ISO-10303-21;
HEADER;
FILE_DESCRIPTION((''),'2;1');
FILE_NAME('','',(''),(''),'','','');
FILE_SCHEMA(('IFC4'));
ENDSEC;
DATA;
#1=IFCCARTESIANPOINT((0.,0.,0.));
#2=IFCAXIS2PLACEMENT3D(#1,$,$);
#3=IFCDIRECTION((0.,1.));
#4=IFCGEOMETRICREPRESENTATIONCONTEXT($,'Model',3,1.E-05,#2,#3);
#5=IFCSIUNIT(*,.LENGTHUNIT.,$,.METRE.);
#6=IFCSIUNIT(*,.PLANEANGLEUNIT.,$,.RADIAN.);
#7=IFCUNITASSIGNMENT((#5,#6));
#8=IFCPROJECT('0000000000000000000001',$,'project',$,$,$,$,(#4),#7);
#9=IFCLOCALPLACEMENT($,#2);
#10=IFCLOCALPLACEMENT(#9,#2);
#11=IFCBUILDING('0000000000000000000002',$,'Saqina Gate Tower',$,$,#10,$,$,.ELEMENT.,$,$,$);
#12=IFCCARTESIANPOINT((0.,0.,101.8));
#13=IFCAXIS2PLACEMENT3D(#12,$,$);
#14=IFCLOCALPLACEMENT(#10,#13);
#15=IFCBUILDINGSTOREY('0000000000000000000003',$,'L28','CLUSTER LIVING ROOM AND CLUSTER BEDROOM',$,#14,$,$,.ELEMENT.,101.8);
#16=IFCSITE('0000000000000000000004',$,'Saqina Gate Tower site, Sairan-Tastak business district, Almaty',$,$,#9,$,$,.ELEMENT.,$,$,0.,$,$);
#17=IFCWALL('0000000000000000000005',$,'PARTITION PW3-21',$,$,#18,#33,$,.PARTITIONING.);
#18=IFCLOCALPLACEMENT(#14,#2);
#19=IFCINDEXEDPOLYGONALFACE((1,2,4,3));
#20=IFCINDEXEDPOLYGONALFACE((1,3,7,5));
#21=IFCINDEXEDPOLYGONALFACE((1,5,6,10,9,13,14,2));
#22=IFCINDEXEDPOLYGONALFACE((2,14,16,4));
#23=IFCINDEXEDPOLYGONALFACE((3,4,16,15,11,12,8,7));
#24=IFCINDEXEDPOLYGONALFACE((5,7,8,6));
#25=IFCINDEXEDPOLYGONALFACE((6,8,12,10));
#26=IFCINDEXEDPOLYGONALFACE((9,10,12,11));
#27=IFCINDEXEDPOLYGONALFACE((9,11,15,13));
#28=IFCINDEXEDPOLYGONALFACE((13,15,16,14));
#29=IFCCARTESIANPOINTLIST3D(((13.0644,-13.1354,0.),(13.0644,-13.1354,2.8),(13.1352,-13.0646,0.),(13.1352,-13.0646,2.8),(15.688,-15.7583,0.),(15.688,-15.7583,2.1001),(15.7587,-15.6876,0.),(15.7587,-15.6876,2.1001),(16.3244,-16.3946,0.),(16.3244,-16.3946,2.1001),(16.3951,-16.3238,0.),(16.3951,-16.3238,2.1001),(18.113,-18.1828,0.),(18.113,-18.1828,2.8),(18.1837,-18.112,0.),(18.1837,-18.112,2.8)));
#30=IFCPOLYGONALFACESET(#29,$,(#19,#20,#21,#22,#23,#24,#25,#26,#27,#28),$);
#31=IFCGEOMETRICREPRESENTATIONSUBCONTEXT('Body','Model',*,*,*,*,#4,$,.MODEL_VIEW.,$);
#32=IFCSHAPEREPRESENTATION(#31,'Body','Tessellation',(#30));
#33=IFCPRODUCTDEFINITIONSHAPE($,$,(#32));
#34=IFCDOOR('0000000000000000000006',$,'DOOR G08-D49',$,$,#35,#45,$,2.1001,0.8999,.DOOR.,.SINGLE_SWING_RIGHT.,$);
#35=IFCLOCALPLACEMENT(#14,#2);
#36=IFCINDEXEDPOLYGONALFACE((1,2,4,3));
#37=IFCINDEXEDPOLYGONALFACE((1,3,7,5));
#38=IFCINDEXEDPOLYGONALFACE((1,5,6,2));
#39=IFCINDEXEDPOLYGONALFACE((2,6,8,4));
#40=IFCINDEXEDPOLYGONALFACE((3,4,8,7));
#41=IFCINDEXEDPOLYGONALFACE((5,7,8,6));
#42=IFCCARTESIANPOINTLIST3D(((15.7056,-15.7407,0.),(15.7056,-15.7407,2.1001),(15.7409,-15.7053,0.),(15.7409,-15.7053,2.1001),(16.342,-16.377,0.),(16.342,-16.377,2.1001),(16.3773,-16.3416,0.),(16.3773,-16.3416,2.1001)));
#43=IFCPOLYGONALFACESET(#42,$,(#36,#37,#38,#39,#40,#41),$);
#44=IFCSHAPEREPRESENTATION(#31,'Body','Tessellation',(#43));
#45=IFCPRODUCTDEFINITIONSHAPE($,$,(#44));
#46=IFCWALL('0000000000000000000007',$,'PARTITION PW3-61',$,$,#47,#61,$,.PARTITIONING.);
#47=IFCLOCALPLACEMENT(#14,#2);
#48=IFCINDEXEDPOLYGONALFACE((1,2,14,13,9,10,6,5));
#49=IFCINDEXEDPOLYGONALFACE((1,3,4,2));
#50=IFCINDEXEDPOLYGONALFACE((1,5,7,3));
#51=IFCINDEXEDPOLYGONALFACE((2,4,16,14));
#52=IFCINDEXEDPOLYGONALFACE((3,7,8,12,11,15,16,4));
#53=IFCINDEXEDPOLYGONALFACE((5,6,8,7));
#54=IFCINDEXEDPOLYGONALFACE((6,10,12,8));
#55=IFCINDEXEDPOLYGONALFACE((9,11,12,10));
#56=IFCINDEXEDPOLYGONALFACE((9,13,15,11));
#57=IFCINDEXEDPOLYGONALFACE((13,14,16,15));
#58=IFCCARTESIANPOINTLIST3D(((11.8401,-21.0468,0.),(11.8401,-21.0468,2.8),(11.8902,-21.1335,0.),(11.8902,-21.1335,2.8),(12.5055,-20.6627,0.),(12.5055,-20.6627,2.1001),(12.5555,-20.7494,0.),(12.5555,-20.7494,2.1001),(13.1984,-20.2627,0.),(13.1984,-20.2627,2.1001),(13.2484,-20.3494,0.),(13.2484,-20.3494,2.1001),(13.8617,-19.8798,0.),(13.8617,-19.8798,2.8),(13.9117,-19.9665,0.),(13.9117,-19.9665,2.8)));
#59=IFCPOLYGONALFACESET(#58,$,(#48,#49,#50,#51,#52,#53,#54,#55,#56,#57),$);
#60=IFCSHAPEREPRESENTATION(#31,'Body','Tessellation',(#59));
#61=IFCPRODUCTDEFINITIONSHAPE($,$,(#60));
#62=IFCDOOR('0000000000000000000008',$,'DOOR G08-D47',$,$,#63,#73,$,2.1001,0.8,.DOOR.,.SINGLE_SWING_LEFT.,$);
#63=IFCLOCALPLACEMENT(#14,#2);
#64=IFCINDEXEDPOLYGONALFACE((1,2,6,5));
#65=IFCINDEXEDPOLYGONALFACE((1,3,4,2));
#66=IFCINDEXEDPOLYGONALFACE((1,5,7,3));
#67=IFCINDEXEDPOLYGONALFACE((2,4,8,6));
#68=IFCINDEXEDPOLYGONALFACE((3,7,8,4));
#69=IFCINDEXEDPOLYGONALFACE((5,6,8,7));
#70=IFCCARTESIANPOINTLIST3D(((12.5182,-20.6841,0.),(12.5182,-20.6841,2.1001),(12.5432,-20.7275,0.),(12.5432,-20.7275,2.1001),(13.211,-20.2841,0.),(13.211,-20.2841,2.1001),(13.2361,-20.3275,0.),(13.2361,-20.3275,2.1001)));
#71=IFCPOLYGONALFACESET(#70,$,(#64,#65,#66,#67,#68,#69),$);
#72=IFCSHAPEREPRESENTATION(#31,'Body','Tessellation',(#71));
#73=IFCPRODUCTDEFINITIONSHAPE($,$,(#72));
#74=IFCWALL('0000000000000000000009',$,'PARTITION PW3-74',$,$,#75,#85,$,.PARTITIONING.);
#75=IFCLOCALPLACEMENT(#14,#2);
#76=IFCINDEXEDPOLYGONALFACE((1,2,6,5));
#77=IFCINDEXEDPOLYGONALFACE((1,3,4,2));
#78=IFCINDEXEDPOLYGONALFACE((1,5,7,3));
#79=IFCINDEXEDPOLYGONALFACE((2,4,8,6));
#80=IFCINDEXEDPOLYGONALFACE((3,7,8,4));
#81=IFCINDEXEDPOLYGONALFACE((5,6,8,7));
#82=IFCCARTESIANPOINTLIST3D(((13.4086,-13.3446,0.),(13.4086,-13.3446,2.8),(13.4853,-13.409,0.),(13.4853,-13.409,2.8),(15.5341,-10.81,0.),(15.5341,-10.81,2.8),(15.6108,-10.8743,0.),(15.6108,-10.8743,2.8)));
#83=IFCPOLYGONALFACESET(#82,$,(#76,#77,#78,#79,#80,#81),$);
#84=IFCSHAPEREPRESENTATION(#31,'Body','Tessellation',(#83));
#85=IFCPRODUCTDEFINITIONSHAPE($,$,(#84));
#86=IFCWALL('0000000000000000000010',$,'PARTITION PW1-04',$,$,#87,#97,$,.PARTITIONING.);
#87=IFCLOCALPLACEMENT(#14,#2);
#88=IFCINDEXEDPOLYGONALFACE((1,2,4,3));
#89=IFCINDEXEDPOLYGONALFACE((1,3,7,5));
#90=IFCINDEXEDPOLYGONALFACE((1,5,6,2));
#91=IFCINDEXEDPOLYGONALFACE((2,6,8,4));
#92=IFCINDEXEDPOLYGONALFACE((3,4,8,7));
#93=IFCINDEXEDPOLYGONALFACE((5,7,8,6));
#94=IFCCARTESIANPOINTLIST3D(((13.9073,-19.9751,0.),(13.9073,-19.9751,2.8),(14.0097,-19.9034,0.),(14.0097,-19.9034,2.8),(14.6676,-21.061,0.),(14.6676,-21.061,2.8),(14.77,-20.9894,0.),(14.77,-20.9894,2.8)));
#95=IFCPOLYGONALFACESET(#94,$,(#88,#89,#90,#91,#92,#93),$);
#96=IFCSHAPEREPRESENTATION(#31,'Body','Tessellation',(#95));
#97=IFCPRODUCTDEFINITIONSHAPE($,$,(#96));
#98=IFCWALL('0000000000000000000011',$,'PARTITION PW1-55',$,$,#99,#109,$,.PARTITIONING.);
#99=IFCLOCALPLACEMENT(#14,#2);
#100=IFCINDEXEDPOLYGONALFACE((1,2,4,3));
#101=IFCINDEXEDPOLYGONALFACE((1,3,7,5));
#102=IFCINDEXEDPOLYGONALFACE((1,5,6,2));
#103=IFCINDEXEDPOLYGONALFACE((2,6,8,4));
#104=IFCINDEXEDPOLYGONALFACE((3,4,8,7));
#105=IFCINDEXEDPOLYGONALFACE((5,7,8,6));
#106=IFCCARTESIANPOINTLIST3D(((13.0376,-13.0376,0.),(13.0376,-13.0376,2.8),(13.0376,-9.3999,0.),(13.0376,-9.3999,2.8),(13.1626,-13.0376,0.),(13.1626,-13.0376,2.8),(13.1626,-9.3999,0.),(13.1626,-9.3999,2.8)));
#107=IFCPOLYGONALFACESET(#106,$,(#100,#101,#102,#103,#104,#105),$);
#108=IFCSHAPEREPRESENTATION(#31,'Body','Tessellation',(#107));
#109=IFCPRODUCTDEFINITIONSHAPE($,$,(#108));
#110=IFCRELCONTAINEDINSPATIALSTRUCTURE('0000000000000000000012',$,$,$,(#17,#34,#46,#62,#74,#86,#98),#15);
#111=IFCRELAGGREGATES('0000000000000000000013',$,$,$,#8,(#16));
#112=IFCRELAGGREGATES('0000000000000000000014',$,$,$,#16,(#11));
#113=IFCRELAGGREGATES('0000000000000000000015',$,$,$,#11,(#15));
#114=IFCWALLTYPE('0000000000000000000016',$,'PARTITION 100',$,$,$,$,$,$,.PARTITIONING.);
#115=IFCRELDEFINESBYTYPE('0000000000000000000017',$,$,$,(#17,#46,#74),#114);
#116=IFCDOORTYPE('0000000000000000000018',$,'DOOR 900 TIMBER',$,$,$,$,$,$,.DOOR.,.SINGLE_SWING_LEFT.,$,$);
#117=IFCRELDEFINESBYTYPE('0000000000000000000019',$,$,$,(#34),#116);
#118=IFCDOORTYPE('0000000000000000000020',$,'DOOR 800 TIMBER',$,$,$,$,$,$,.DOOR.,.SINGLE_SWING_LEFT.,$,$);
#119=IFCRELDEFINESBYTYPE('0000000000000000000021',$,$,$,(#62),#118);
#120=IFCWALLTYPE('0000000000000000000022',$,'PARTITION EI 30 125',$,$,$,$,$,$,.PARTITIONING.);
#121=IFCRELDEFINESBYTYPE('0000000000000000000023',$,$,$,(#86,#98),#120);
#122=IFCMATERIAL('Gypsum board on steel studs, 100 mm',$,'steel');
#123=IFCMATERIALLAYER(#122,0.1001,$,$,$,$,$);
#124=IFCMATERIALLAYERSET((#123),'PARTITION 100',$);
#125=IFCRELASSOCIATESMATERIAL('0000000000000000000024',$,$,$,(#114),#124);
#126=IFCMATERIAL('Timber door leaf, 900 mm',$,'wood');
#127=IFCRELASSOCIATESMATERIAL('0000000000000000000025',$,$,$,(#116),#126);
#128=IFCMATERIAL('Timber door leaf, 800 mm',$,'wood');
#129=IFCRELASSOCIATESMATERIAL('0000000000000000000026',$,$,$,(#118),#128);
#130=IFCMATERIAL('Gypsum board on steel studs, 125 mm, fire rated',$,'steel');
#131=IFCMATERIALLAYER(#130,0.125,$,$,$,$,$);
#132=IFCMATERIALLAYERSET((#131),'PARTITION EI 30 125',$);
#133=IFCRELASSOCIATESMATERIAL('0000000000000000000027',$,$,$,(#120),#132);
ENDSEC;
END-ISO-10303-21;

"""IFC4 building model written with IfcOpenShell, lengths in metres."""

from ifc_helpers import new_model, si_unit, direction, frame, frame_2d, origin, place, context, subcontext, project, spatial, rectangle, extrude, material, layer, layer_set, type_object, element, fill, save


model = new_model("IFC4")

# Units and contexts
model_context = context("Model", 3, precision=1e-05, world=origin(), true_north=direction((0.0, 1.0)))
body_context = subcontext(model_context, "Body", "Model", "MODEL_VIEW")
ifc_project = project(units=[si_unit("LENGTHUNIT", "METRE"), si_unit("PLANEANGLEUNIT", "RADIAN")], contexts=[model_context])

# Site, building, storey
site_placement = place(None, origin())
site = spatial("IfcSite", under=ifc_project, at=site_placement, Name="Saqina Gate Tower site, Sairan-Tastak business district, Almaty", CompositionType="ELEMENT", RefElevation=0.0)
building_placement = place(site_placement, origin())
building = spatial("IfcBuilding", under=site, at=building_placement, Name="Saqina Gate Tower", CompositionType="ELEMENT")
storey_placement = place(building_placement, frame((0.0, 0.0, 101.8)))
storey = spatial("IfcBuildingStorey", under=building, at=storey_placement, Name="L28", Description="CLUSTER LIVING ROOM AND CLUSTER BEDROOM", CompositionType="ELEMENT", Elevation=101.8)

# Shared definitions
ifc_material_1 = material(Name="Gypsum board on steel studs, 100 mm", Category="steel")
ifc_layer_1 = layer(ifc_material_1, 0.1001)
ifc_layer_set_1 = layer_set([ifc_layer_1], Name="PARTITION 100")
wall_type_1 = type_object("IfcWallType", Name="PARTITION 100", PredefinedType="PARTITIONING", material=ifc_layer_set_1)

# Walls, openings, doors
wall_1_placement = place(storey_placement, frame((13.0999, -13.1001, 0.0), z_axis=(0.0, 0.0, 1.0), x_axis=(0.707192, -0.707021, 0.0)))
wall_1 = element("IfcWall", 1, at=wall_1_placement, inside=storey, type_object=wall_type_1, Name="PARTITION PW3-21", PredefinedType="PARTITIONING", context=body_context, shape_type="SweptSolid", body=[
    extrude(rectangle(XDim=7.1389, YDim=0.1001, at=frame_2d((3.5693, 0.0))), origin(), (0.0, 0.0, 1.0), 2.8),
])
opening_1_placement = place(wall_1_placement, frame((3.7097, 0.0, 0.0)))
opening_1 = element("IfcOpeningElement", 2, at=opening_1_placement, cuts=wall_1, PredefinedType="OPENING", context=body_context, shape_type="SweptSolid", body=[
    extrude(rectangle(XDim=0.8999, YDim=2.1001, at=frame_2d((0.45, 1.05))), frame((0.0, 0.062, 0.0), z_axis=(0.0, -1.0, 0.0), x_axis=(1.0, 0.0, 0.0)), (0.0, 0.0, 1.0), 0.124),
])
ifc_material_2 = material(Name="Timber door leaf, 900 mm", Category="wood")
door_type_1 = type_object("IfcDoorType", Name="DOOR 900 TIMBER", OperationType="SINGLE_SWING_LEFT", PredefinedType="DOOR", material=ifc_material_2)
door_1_placement = place(opening_1_placement, origin())
door_1 = element("IfcDoor", 3, at=door_1_placement, inside=storey, type_object=door_type_1, Name="DOOR G08-D49", OperationType="SINGLE_SWING_RIGHT", OverallHeight=2.1001, OverallWidth=0.8999, PredefinedType="DOOR", context=body_context, shape_type="SweptSolid", body=[
    extrude(rectangle(XDim=0.8999, YDim=2.1001, at=frame_2d((0.45, 1.05))), frame((0.0, 0.0249, 0.0), z_axis=(0.0, -1.0, 0.0), x_axis=(1.0, 0.0, 0.0)), (0.0, 0.0, 1.0), 0.05),
])
fill(opening_1, door_1)
wall_2_placement = place(storey_placement, frame((11.8652, -21.0901, 0.0), z_axis=(0.0, 0.0, 1.0), x_axis=(0.866046, 0.499964, 0.0)))
wall_2 = element("IfcWall", 4, at=wall_2_placement, inside=storey, type_object=wall_type_1, Name="PARTITION PW3-61", PredefinedType="PARTITIONING", context=body_context, shape_type="SweptSolid", body=[
    extrude(rectangle(XDim=2.3342, YDim=0.1001, at=frame_2d((1.167, 0.0))), origin(), (0.0, 0.0, 1.0), 2.8),
])
opening_2_placement = place(wall_2_placement, frame((0.7683, 0.0, 0.0)))
opening_2 = element("IfcOpeningElement", 5, at=opening_2_placement, cuts=wall_2, PredefinedType="OPENING", context=body_context, shape_type="SweptSolid", body=[
    extrude(rectangle(XDim=0.8, YDim=2.1001, at=frame_2d((0.3999, 1.05))), frame((0.0, 0.062, 0.0), z_axis=(0.0, -1.0, 0.0), x_axis=(1.0, 0.0, 0.0)), (0.0, 0.0, 1.0), 0.124),
])
ifc_material_3 = material(Name="Timber door leaf, 800 mm", Category="wood")
door_type_2 = type_object("IfcDoorType", Name="DOOR 800 TIMBER", OperationType="SINGLE_SWING_LEFT", PredefinedType="DOOR", material=ifc_material_3)
door_2_placement = place(opening_2_placement, frame((0.8, 0.0, 0.0), z_axis=(0.0, 0.0, 1.0), x_axis=(-1.0, 0.0, 0.0)))
door_2 = element("IfcDoor", 6, at=door_2_placement, inside=storey, type_object=door_type_2, Name="DOOR G08-D47", OperationType="SINGLE_SWING_LEFT", OverallHeight=2.1001, OverallWidth=0.8, PredefinedType="DOOR", context=body_context, shape_type="SweptSolid", body=[
    extrude(rectangle(XDim=0.8, YDim=2.1001, at=frame_2d((0.3999, 1.05))), frame((0.0, 0.0249, 0.0), z_axis=(0.0, -1.0, 0.0), x_axis=(1.0, 0.0, 0.0)), (0.0, 0.0, 1.0), 0.05),
])
fill(opening_2, door_2)

# Walls
wall_3_placement = place(storey_placement, frame((13.447, -13.3767, 0.0), z_axis=(0.0, 0.0, 1.0), x_axis=(0.642548, 0.766245, 0.0)))
element("IfcWall", 7, at=wall_3_placement, inside=storey, type_object=wall_type_1, Name="PARTITION PW3-74", PredefinedType="PARTITIONING", context=body_context, shape_type="SweptSolid", body=[
    extrude(rectangle(XDim=3.3079, YDim=0.1001, at=frame_2d((1.6538, 0.0))), origin(), (0.0, 0.0, 1.0), 2.8),
])
ifc_material_4 = material(Name="Gypsum board on steel studs, 125 mm, fire rated", Category="steel")
ifc_layer_2 = layer(ifc_material_4, 0.125)
ifc_layer_set_2 = layer_set([ifc_layer_2], Name="PARTITION EI 30 125")
wall_type_2 = type_object("IfcWallType", Name="PARTITION EI 30 125", PredefinedType="PARTITIONING", material=ifc_layer_set_2)
wall_4_placement = place(storey_placement, frame((13.9585, -19.9392, 0.0), z_axis=(0.0, 0.0, 1.0), x_axis=(0.573512, -0.819197, 0.0)))
element("IfcWall", 8, at=wall_4_placement, inside=storey, type_object=wall_type_2, Name="PARTITION PW1-04", PredefinedType="PARTITIONING", context=body_context, shape_type="SweptSolid", body=[
    extrude(rectangle(XDim=1.3257, YDim=0.125, at=frame_2d((0.6628, 0.0))), origin(), (0.0, 0.0, 1.0), 2.8),
])
wall_5_placement = place(storey_placement, frame((13.1001, -13.0376, 0.0), z_axis=(0.0, 0.0, 1.0), x_axis=(0.0, 1.0, 0.0)))
element("IfcWall", 9, at=wall_5_placement, inside=storey, type_object=wall_type_2, Name="PARTITION PW1-55", PredefinedType="PARTITIONING", context=body_context, shape_type="SweptSolid", body=[
    extrude(rectangle(XDim=3.6377, YDim=0.125, at=frame_2d((1.8188, 0.0))), origin(), (0.0, 0.0, 1.0), 2.8),
])

save(model, "model.ifc")
